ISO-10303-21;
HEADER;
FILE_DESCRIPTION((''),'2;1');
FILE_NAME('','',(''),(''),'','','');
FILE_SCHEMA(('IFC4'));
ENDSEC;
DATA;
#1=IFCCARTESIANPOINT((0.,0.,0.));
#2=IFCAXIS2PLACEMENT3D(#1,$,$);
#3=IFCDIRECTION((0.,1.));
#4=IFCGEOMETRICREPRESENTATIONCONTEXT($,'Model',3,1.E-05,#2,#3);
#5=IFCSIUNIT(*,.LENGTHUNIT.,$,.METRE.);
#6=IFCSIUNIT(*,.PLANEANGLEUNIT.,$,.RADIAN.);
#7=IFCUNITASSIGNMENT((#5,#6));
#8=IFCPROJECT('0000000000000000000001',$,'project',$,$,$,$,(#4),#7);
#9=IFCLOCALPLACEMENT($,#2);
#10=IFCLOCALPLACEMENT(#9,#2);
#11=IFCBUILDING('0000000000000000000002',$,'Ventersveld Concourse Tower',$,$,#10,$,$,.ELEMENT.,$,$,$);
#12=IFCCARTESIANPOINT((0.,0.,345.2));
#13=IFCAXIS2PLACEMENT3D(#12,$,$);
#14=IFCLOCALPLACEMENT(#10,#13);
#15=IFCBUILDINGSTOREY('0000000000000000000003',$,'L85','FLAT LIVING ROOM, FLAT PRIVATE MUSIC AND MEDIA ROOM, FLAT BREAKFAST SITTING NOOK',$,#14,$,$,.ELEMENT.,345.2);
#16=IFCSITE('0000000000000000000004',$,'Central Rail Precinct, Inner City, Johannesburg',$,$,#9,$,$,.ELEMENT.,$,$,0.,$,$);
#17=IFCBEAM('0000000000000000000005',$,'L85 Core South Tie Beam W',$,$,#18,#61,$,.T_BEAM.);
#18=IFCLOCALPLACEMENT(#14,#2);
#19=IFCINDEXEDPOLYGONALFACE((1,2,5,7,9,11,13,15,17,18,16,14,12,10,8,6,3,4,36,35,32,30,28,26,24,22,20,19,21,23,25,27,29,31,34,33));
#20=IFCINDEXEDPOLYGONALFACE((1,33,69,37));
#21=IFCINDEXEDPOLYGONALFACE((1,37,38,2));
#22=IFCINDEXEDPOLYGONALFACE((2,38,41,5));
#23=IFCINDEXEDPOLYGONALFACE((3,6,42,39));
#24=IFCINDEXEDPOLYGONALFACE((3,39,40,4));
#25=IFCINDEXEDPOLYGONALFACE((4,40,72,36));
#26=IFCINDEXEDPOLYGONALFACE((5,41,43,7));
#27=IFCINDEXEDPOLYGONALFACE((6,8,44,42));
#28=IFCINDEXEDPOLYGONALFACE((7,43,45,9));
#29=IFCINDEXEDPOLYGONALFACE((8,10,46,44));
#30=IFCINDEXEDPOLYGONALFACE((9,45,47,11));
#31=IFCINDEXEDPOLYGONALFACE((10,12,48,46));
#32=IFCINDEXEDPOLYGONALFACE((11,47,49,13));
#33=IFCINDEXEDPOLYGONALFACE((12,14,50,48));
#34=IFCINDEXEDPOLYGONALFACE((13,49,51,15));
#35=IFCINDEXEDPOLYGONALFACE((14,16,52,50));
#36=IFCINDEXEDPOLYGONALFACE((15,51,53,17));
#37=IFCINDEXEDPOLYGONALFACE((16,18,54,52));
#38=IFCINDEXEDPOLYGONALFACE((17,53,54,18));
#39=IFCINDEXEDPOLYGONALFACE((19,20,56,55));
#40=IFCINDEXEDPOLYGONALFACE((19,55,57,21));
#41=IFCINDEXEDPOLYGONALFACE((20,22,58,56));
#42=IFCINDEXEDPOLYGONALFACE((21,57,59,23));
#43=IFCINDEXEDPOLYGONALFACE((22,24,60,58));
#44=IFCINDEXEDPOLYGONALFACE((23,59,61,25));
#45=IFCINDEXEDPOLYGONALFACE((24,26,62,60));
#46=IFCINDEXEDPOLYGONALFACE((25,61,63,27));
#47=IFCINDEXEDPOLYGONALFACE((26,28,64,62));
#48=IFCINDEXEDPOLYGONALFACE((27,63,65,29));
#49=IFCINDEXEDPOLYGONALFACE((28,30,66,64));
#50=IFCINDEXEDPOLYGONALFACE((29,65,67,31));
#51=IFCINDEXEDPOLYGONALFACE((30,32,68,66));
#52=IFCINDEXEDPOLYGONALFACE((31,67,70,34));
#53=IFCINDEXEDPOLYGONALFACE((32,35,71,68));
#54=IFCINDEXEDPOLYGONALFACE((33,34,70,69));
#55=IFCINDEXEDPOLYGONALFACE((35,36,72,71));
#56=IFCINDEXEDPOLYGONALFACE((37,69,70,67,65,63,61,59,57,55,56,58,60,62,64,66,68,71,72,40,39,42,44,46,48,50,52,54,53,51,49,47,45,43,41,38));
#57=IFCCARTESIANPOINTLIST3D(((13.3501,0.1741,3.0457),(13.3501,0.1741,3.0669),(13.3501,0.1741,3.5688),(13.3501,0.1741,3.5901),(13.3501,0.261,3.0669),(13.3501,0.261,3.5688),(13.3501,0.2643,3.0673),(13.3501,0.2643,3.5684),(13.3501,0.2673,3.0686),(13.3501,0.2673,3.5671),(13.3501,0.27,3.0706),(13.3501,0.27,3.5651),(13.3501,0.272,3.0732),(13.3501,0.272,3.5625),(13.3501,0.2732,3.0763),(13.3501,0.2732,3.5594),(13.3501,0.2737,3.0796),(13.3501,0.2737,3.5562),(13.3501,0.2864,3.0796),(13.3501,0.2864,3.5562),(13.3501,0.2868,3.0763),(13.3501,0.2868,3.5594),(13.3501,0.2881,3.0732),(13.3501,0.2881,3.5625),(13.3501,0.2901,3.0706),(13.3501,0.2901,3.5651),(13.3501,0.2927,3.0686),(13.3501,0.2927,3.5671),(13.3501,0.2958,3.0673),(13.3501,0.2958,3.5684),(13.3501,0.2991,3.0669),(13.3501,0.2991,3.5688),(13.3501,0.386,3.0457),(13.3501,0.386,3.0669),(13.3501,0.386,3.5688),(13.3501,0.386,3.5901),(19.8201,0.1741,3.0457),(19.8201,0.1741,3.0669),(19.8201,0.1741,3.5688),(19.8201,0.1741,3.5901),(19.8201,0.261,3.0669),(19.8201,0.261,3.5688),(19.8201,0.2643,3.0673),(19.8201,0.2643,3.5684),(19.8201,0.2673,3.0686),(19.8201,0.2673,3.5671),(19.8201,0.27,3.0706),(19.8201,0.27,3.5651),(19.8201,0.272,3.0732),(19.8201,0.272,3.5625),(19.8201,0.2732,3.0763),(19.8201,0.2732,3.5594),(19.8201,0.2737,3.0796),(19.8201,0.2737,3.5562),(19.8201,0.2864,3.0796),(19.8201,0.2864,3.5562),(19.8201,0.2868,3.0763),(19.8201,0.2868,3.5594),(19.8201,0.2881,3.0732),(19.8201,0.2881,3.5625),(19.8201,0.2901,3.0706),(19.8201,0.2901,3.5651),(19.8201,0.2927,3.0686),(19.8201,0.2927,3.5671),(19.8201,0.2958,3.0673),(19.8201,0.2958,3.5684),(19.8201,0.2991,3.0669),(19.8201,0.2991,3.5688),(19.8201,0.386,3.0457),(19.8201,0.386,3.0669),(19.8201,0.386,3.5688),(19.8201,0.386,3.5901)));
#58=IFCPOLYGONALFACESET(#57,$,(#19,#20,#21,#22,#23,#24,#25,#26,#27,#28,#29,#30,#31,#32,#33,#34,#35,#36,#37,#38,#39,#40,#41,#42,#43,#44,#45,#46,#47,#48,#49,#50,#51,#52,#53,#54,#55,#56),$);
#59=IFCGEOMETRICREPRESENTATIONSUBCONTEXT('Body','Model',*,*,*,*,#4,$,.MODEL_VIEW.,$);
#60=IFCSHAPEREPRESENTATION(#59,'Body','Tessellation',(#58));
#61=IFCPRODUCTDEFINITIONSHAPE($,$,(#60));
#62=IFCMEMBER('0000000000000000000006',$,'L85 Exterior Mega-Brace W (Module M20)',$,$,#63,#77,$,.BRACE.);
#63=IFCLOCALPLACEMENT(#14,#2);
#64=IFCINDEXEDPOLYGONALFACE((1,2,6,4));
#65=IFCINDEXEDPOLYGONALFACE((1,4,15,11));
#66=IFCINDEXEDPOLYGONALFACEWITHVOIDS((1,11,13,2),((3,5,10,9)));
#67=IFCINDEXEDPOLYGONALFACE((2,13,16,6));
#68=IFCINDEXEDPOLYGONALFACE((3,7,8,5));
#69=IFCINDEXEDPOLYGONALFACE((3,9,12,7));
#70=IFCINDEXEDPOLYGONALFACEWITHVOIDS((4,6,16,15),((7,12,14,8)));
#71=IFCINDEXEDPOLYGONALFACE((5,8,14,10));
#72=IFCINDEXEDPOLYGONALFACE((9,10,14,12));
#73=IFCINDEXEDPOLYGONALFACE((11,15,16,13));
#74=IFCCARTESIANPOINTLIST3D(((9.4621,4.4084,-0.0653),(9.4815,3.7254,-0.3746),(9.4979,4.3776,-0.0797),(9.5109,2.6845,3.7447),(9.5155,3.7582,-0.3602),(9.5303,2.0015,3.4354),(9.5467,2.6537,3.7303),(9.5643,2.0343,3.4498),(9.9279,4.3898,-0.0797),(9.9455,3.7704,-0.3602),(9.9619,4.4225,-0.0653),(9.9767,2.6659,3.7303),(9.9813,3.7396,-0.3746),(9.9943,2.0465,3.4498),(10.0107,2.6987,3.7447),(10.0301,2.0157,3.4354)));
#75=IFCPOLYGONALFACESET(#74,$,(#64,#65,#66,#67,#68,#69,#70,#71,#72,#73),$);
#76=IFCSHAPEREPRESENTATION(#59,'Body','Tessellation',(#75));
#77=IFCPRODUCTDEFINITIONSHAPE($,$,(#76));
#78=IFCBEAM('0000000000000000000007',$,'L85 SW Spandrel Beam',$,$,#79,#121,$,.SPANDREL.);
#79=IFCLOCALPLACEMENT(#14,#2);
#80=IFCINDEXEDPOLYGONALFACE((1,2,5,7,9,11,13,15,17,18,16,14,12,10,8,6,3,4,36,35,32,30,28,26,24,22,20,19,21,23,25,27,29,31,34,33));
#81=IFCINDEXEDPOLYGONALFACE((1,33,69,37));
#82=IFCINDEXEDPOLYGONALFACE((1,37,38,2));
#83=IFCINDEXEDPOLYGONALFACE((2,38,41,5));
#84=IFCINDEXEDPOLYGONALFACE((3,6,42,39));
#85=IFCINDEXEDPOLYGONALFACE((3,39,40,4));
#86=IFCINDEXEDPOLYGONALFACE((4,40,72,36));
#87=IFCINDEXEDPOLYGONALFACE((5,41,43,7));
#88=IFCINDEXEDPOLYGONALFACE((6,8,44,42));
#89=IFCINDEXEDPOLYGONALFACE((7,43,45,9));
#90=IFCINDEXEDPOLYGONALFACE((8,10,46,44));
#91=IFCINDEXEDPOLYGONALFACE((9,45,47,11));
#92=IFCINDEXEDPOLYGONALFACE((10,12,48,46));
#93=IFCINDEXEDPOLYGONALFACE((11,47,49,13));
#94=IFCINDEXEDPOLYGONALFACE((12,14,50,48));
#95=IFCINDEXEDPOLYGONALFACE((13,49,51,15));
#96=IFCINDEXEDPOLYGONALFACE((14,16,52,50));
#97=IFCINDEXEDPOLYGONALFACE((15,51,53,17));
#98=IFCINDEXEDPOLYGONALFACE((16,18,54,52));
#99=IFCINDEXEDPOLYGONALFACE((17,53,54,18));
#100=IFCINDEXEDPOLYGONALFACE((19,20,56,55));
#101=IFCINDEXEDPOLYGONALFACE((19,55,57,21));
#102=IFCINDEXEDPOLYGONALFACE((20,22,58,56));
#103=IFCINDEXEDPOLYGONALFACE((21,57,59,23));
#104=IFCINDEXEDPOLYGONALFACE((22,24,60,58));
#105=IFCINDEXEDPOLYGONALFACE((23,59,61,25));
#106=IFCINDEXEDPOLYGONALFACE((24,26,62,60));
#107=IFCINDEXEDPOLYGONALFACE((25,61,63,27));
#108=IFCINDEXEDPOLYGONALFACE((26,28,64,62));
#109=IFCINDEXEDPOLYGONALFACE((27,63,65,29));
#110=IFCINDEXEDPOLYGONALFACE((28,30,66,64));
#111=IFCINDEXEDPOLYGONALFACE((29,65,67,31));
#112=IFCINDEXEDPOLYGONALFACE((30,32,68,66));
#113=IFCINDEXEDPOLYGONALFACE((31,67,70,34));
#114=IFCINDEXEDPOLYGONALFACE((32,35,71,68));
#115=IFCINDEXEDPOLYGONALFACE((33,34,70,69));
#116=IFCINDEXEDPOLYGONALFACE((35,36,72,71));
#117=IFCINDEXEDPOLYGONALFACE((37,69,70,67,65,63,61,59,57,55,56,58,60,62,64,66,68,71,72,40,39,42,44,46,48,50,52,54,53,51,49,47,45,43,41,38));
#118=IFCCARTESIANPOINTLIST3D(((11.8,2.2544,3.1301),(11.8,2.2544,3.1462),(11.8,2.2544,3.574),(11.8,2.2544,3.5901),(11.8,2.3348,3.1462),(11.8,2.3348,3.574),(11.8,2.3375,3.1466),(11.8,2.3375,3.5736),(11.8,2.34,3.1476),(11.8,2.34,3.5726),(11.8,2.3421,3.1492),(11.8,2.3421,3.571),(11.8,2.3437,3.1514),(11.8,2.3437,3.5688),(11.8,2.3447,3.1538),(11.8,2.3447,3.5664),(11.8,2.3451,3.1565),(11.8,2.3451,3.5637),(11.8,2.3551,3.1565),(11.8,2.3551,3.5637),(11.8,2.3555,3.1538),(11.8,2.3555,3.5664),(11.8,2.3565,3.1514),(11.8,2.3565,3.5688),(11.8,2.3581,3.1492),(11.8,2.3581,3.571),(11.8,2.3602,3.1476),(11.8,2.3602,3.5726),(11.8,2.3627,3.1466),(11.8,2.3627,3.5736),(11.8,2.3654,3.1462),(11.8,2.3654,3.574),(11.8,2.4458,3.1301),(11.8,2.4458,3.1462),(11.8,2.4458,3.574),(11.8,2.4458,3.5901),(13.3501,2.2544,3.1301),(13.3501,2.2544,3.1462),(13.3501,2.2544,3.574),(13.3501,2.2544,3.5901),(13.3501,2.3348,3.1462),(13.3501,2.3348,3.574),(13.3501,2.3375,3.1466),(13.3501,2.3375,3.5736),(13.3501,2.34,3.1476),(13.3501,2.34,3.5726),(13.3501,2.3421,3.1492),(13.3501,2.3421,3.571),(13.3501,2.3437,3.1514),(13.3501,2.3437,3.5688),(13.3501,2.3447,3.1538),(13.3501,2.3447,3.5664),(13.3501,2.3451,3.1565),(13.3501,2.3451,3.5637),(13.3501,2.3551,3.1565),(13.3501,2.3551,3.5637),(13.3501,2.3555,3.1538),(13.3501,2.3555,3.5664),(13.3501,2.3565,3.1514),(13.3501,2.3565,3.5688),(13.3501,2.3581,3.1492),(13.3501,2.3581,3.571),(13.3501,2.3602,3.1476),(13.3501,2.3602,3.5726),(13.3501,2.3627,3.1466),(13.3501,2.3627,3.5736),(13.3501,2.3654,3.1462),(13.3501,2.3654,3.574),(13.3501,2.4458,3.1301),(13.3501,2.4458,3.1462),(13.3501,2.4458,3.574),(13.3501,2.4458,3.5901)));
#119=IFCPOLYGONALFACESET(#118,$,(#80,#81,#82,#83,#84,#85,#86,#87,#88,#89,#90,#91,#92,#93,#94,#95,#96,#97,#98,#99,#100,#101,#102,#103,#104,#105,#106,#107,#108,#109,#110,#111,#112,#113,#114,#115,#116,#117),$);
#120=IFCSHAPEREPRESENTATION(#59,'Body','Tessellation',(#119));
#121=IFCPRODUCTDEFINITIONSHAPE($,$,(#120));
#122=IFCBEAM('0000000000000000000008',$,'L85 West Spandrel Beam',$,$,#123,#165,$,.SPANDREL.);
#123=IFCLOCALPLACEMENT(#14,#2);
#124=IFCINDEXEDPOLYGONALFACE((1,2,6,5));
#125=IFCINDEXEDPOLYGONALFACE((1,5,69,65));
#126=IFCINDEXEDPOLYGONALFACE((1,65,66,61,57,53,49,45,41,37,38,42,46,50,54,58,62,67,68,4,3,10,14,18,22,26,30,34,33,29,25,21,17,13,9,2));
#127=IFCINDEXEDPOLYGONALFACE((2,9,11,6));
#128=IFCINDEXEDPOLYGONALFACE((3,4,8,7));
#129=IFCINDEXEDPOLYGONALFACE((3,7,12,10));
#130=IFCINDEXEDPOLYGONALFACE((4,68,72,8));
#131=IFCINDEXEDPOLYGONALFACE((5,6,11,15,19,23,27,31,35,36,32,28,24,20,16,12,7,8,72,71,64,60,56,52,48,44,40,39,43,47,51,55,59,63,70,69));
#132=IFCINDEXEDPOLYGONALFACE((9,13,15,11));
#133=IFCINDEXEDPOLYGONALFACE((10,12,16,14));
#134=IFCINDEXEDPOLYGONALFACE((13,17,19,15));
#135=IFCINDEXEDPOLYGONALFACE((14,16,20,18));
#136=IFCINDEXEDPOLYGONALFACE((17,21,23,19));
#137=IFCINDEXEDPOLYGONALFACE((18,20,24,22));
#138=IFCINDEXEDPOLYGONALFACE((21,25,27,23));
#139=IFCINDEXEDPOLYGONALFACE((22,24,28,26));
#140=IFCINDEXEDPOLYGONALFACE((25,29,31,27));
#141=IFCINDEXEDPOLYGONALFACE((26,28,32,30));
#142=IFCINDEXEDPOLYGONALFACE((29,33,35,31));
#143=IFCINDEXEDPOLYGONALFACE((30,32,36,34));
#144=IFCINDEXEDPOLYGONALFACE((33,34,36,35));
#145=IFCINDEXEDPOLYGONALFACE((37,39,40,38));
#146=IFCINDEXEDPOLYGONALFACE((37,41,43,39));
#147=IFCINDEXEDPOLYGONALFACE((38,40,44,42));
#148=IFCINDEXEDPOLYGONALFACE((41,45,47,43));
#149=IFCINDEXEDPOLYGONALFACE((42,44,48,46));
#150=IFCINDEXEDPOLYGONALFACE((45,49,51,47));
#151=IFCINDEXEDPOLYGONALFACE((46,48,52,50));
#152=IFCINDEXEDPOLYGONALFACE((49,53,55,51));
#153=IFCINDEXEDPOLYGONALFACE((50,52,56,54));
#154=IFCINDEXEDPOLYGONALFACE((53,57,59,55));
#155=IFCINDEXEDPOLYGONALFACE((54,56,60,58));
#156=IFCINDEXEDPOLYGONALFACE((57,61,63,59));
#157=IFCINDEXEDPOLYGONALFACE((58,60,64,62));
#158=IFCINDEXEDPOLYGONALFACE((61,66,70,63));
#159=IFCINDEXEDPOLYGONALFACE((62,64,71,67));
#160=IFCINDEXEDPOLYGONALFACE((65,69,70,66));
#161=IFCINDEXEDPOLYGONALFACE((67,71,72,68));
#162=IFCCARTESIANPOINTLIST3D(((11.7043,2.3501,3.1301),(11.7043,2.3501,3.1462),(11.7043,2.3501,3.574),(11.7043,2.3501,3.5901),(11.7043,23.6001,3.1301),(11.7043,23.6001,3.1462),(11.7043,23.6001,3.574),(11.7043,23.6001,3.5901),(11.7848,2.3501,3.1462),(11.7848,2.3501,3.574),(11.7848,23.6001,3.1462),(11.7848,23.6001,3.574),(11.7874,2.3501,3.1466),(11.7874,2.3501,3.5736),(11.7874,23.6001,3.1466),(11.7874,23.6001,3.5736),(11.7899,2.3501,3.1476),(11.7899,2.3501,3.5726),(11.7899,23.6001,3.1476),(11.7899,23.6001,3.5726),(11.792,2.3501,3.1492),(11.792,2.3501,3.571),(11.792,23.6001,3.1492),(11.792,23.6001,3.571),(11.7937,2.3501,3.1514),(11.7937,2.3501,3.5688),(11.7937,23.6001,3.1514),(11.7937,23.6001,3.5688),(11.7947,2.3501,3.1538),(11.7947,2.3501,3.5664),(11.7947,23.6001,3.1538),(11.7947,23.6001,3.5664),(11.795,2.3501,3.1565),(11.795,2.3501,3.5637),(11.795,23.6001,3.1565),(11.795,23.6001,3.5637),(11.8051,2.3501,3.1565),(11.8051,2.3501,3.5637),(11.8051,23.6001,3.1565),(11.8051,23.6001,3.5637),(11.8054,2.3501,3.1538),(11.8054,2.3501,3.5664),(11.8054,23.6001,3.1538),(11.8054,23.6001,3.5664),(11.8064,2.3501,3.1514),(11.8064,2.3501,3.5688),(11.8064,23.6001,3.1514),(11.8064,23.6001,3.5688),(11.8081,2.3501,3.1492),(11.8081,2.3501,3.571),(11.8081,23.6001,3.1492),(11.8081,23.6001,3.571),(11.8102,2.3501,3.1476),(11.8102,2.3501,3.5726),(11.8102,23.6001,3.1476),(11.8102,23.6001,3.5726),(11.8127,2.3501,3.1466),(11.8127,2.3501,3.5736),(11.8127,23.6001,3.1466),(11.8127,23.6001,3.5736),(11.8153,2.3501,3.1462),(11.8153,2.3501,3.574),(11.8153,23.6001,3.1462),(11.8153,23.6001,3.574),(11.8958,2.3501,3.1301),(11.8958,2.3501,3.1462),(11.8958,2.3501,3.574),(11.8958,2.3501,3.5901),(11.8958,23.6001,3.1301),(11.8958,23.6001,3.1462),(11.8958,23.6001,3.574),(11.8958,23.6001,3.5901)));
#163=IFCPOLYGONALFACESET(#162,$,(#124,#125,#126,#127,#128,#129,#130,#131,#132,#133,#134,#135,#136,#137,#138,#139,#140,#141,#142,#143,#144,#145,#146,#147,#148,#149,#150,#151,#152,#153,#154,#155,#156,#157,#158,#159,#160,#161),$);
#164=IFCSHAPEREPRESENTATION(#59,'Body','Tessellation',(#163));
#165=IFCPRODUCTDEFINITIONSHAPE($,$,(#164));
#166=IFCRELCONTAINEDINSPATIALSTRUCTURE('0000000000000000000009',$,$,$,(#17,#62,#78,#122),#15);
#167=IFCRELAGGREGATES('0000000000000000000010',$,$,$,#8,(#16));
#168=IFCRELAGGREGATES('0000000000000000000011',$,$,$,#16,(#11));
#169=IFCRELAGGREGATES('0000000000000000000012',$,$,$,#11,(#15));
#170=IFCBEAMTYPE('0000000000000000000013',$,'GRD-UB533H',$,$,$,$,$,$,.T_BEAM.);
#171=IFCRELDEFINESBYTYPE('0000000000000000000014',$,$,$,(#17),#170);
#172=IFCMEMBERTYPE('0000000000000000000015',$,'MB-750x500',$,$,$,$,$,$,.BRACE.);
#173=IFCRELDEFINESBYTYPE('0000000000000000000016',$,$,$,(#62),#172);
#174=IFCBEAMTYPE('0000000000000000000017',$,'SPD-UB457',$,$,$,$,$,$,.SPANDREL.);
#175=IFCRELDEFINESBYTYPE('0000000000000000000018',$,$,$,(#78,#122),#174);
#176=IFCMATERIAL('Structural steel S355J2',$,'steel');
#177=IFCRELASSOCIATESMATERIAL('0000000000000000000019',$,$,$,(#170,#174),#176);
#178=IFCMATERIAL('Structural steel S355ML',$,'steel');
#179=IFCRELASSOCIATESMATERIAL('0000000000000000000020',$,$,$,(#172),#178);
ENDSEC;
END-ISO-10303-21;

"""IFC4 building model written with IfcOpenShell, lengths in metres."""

from ifc_helpers import new_model, si_unit, direction, frame, origin, origin_2d, place, context, subcontext, project, spatial, hollow_rectangle, i_section, extrude, material, material_profile, profile_set, type_object, element, save


model = new_model("IFC4")

# Units and contexts
model_context = context("Model", 3, precision=1e-05, world=origin(), true_north=direction((0.0, 1.0)))
body_context = subcontext(model_context, "Body", "Model", "MODEL_VIEW")
ifc_project = project(units=[si_unit("LENGTHUNIT", "METRE"), si_unit("PLANEANGLEUNIT", "RADIAN")], contexts=[model_context])

# Site, building, storey
site_placement = place(None, origin())
site = spatial("IfcSite", under=ifc_project, at=site_placement, Name="Central Rail Precinct, Inner City, Johannesburg", CompositionType="ELEMENT", RefElevation=0.0)
building_placement = place(site_placement, origin())
building = spatial("IfcBuilding", under=site, at=building_placement, Name="Ventersveld Concourse Tower", CompositionType="ELEMENT")
storey_placement = place(building_placement, frame((0.0, 0.0, 345.2)))
storey = spatial("IfcBuildingStorey", under=building, at=storey_placement, Name="L85", Description="FLAT LIVING ROOM, FLAT PRIVATE MUSIC AND MEDIA ROOM, FLAT BREAKFAST SITTING NOOK", CompositionType="ELEMENT", Elevation=345.2)

# Beam
ifc_material_1 = material(Name="Structural steel S355J2", Category="steel")
ifc_material_profile_1 = material_profile(ifc_material_1, i_section(OverallWidth=0.2119, OverallDepth=0.5444, WebThickness=0.0127, FlangeThickness=0.0212, FilletRadius=0.0127, at=origin_2d()), Name="UB 533x210x122")
ifc_profile_set_1 = profile_set([ifc_material_profile_1], Name="Structural steel S355J2")
beam_type_1 = type_object("IfcBeamType", Name="GRD-UB533H", PredefinedType="T_BEAM", material=ifc_profile_set_1)
beam_1_placement = place(storey_placement, frame((13.3501, 0.28, 3.3179), z_axis=(1.0, 0.0, 0.0), x_axis=(0.0, 1.0, 0.0)))
element("IfcBeam", 1, at=beam_1_placement, inside=storey, type_object=beam_type_1, Name="L85 Core South Tie Beam W", PredefinedType="T_BEAM", context=body_context, shape_type="SweptSolid", body=[
    extrude(i_section(OverallWidth=0.2119, OverallDepth=0.5444, WebThickness=0.0127, FlangeThickness=0.0212, FilletRadius=0.0127, at=origin_2d()), origin(), (0.0, 0.0, 1.0), 6.47),
])

# Member
ifc_material_2 = material(Name="Structural steel S355ML", Category="steel")
ifc_material_profile_2 = material_profile(ifc_material_2, hollow_rectangle(XDim=0.5, YDim=0.75, WallThickness=0.0349, at=origin_2d()), Name="BOX 750x500x35")
ifc_profile_set_2 = profile_set([ifc_material_profile_2], Name="Structural steel S355ML")
member_type = type_object("IfcMemberType", Name="MB-750x500", PredefinedType="BRACE", material=ifc_profile_set_2)
member_placement = place(storey_placement, frame((9.7217, 4.074, -0.22), z_axis=(0.011675, -0.412195, 0.911021), x_axis=(0.999599, 0.028313, 0.0)))
element("IfcMember", 2, at=member_placement, inside=storey, type_object=member_type, Name="L85 Exterior Mega-Brace W (Module M20)", PredefinedType="BRACE", context=body_context, shape_type="SweptSolid", body=[
    extrude(hollow_rectangle(XDim=0.5, YDim=0.75, WallThickness=0.0349, at=origin_2d()), origin(), (0.0, 0.0, 1.0), 4.1821),
])

# Beams
ifc_material_profile_3 = material_profile(ifc_material_1, i_section(OverallWidth=0.1914, OverallDepth=0.46, WebThickness=0.01, FlangeThickness=0.0161, FilletRadius=0.0103, at=origin_2d()), Name="UB 457x191x82")
ifc_profile_set_3 = profile_set([ifc_material_profile_3], Name="Structural steel S355J2")
beam_type_2 = type_object("IfcBeamType", Name="SPD-UB457", PredefinedType="SPANDREL", material=ifc_profile_set_3)
beam_2_placement = place(storey_placement, frame((11.8, 2.3501, 3.3601), z_axis=(1.0, 0.0, 0.0), x_axis=(0.0, 1.0, 0.0)))
element("IfcBeam", 3, at=beam_2_placement, inside=storey, type_object=beam_type_2, Name="L85 SW Spandrel Beam", PredefinedType="SPANDREL", context=body_context, shape_type="SweptSolid", body=[
    extrude(i_section(OverallWidth=0.1914, OverallDepth=0.46, WebThickness=0.01, FlangeThickness=0.0161, FilletRadius=0.0103, at=origin_2d()), origin(), (0.0, 0.0, 1.0), 1.55),
])
beam_3_placement = place(storey_placement, frame((11.8, 2.3501, 3.3601), z_axis=(0.0, 1.0, 0.0), x_axis=(-1.0, 0.0, 0.0)))
element("IfcBeam", 4, at=beam_3_placement, inside=storey, type_object=beam_type_2, Name="L85 West Spandrel Beam", PredefinedType="SPANDREL", context=body_context, shape_type="SweptSolid", body=[
    extrude(i_section(OverallWidth=0.1914, OverallDepth=0.46, WebThickness=0.01, FlangeThickness=0.0161, FilletRadius=0.0103, at=origin_2d()), origin(), (0.0, 0.0, 1.0), 21.25),
])

save(model, "model.ifc")
